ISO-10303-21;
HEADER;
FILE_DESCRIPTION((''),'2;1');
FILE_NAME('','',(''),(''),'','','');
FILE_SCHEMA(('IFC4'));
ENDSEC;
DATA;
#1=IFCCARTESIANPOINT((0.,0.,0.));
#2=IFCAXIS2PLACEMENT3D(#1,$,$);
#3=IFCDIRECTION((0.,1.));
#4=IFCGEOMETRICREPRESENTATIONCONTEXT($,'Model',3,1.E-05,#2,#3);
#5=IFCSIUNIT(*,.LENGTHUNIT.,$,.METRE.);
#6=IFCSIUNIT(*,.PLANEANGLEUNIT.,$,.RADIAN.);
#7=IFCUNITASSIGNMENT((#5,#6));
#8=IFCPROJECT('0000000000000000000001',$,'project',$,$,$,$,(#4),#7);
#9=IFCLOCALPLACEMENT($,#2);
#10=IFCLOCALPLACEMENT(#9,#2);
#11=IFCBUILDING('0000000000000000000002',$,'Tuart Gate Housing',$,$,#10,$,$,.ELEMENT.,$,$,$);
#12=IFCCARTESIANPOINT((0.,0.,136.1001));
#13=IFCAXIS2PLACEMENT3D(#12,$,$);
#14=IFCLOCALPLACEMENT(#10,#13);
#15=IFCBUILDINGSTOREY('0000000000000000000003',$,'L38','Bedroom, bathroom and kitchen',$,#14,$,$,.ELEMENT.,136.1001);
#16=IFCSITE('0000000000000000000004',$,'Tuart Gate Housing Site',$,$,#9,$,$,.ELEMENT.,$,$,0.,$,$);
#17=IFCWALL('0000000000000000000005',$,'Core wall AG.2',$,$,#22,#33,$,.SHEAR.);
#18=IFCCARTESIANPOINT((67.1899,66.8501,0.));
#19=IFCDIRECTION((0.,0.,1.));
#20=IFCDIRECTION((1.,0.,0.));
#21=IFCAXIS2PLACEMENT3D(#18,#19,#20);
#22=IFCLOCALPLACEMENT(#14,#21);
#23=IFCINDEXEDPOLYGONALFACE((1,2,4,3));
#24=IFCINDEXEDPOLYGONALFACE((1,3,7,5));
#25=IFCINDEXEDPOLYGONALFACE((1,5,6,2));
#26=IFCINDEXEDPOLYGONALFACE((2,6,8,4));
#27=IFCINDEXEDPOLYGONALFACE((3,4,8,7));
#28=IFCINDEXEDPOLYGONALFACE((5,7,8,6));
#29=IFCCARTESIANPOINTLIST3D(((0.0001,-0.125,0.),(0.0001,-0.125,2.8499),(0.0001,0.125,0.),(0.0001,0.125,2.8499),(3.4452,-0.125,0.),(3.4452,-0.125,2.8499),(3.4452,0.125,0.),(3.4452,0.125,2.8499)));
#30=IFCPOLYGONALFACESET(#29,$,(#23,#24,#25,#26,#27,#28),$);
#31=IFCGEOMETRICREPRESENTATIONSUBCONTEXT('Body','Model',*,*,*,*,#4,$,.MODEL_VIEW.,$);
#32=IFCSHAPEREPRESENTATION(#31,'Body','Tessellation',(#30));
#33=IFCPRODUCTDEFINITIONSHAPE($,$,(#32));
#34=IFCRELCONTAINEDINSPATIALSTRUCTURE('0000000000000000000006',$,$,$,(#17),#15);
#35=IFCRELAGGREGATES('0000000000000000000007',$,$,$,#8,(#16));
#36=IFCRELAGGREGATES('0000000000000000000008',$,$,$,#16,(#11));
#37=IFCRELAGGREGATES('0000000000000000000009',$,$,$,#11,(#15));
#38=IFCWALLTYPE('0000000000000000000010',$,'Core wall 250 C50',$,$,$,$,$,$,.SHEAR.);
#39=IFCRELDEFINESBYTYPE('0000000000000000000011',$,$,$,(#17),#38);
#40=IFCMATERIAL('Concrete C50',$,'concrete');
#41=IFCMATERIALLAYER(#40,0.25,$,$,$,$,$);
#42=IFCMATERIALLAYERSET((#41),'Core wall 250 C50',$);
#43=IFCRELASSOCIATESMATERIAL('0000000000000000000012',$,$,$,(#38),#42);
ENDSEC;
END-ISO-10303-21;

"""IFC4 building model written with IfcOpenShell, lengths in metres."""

from ifc_helpers import new_model, si_unit, direction, frame, frame_2d, origin, place, context, subcontext, project, spatial, rectangle, extrude, material, layer, layer_set, type_object, element, save


model = new_model("IFC4")

# Units and contexts
model_context = context("Model", 3, precision=1e-05, world=origin(), true_north=direction((0.0, 1.0)))
body_context = subcontext(model_context, "Body", "Model", "MODEL_VIEW")
ifc_project = project(units=[si_unit("LENGTHUNIT", "METRE"), si_unit("PLANEANGLEUNIT", "RADIAN")], contexts=[model_context])

# Site, building, storey
site_placement = place(None, origin())
site = spatial("IfcSite", under=ifc_project, at=site_placement, Name="Tuart Gate Housing Site", CompositionType="ELEMENT", RefElevation=0.0)
building_placement = place(site_placement, origin())
building = spatial("IfcBuilding", under=site, at=building_placement, Name="Tuart Gate Housing", CompositionType="ELEMENT")
storey_placement = place(building_placement, frame((0.0, 0.0, 136.1001)))
storey = spatial("IfcBuildingStorey", under=building, at=storey_placement, Name="L38", Description="Bedroom, bathroom and kitchen", CompositionType="ELEMENT", Elevation=136.1001)

# Wall
ifc_material_1 = material(Name="Concrete C50", Category="concrete")
ifc_layer_1 = layer(ifc_material_1, 0.25)
ifc_layer_set_1 = layer_set([ifc_layer_1], Name="Core wall 250 C50")
wall_type_1 = type_object("IfcWallType", Name="Core wall 250 C50", PredefinedType="SHEAR", material=ifc_layer_set_1)
wall_1_placement = place(storey_placement, frame((67.1899, 66.8501, 0.0), z_axis=(0.0, 0.0, 1.0), x_axis=(1.0, 0.0, 0.0)))
element("IfcWall", 1, at=wall_1_placement, inside=storey, type_object=wall_type_1, Name="Core wall AG.2", PredefinedType="SHEAR", context=body_context, shape_type="SweptSolid", body=[
    extrude(rectangle(XDim=3.4451, YDim=0.25, at=frame_2d((1.7227, 0.0))), origin(), (0.0, 0.0, 1.0), 2.8499),
])

save(model, "model.ifc")
